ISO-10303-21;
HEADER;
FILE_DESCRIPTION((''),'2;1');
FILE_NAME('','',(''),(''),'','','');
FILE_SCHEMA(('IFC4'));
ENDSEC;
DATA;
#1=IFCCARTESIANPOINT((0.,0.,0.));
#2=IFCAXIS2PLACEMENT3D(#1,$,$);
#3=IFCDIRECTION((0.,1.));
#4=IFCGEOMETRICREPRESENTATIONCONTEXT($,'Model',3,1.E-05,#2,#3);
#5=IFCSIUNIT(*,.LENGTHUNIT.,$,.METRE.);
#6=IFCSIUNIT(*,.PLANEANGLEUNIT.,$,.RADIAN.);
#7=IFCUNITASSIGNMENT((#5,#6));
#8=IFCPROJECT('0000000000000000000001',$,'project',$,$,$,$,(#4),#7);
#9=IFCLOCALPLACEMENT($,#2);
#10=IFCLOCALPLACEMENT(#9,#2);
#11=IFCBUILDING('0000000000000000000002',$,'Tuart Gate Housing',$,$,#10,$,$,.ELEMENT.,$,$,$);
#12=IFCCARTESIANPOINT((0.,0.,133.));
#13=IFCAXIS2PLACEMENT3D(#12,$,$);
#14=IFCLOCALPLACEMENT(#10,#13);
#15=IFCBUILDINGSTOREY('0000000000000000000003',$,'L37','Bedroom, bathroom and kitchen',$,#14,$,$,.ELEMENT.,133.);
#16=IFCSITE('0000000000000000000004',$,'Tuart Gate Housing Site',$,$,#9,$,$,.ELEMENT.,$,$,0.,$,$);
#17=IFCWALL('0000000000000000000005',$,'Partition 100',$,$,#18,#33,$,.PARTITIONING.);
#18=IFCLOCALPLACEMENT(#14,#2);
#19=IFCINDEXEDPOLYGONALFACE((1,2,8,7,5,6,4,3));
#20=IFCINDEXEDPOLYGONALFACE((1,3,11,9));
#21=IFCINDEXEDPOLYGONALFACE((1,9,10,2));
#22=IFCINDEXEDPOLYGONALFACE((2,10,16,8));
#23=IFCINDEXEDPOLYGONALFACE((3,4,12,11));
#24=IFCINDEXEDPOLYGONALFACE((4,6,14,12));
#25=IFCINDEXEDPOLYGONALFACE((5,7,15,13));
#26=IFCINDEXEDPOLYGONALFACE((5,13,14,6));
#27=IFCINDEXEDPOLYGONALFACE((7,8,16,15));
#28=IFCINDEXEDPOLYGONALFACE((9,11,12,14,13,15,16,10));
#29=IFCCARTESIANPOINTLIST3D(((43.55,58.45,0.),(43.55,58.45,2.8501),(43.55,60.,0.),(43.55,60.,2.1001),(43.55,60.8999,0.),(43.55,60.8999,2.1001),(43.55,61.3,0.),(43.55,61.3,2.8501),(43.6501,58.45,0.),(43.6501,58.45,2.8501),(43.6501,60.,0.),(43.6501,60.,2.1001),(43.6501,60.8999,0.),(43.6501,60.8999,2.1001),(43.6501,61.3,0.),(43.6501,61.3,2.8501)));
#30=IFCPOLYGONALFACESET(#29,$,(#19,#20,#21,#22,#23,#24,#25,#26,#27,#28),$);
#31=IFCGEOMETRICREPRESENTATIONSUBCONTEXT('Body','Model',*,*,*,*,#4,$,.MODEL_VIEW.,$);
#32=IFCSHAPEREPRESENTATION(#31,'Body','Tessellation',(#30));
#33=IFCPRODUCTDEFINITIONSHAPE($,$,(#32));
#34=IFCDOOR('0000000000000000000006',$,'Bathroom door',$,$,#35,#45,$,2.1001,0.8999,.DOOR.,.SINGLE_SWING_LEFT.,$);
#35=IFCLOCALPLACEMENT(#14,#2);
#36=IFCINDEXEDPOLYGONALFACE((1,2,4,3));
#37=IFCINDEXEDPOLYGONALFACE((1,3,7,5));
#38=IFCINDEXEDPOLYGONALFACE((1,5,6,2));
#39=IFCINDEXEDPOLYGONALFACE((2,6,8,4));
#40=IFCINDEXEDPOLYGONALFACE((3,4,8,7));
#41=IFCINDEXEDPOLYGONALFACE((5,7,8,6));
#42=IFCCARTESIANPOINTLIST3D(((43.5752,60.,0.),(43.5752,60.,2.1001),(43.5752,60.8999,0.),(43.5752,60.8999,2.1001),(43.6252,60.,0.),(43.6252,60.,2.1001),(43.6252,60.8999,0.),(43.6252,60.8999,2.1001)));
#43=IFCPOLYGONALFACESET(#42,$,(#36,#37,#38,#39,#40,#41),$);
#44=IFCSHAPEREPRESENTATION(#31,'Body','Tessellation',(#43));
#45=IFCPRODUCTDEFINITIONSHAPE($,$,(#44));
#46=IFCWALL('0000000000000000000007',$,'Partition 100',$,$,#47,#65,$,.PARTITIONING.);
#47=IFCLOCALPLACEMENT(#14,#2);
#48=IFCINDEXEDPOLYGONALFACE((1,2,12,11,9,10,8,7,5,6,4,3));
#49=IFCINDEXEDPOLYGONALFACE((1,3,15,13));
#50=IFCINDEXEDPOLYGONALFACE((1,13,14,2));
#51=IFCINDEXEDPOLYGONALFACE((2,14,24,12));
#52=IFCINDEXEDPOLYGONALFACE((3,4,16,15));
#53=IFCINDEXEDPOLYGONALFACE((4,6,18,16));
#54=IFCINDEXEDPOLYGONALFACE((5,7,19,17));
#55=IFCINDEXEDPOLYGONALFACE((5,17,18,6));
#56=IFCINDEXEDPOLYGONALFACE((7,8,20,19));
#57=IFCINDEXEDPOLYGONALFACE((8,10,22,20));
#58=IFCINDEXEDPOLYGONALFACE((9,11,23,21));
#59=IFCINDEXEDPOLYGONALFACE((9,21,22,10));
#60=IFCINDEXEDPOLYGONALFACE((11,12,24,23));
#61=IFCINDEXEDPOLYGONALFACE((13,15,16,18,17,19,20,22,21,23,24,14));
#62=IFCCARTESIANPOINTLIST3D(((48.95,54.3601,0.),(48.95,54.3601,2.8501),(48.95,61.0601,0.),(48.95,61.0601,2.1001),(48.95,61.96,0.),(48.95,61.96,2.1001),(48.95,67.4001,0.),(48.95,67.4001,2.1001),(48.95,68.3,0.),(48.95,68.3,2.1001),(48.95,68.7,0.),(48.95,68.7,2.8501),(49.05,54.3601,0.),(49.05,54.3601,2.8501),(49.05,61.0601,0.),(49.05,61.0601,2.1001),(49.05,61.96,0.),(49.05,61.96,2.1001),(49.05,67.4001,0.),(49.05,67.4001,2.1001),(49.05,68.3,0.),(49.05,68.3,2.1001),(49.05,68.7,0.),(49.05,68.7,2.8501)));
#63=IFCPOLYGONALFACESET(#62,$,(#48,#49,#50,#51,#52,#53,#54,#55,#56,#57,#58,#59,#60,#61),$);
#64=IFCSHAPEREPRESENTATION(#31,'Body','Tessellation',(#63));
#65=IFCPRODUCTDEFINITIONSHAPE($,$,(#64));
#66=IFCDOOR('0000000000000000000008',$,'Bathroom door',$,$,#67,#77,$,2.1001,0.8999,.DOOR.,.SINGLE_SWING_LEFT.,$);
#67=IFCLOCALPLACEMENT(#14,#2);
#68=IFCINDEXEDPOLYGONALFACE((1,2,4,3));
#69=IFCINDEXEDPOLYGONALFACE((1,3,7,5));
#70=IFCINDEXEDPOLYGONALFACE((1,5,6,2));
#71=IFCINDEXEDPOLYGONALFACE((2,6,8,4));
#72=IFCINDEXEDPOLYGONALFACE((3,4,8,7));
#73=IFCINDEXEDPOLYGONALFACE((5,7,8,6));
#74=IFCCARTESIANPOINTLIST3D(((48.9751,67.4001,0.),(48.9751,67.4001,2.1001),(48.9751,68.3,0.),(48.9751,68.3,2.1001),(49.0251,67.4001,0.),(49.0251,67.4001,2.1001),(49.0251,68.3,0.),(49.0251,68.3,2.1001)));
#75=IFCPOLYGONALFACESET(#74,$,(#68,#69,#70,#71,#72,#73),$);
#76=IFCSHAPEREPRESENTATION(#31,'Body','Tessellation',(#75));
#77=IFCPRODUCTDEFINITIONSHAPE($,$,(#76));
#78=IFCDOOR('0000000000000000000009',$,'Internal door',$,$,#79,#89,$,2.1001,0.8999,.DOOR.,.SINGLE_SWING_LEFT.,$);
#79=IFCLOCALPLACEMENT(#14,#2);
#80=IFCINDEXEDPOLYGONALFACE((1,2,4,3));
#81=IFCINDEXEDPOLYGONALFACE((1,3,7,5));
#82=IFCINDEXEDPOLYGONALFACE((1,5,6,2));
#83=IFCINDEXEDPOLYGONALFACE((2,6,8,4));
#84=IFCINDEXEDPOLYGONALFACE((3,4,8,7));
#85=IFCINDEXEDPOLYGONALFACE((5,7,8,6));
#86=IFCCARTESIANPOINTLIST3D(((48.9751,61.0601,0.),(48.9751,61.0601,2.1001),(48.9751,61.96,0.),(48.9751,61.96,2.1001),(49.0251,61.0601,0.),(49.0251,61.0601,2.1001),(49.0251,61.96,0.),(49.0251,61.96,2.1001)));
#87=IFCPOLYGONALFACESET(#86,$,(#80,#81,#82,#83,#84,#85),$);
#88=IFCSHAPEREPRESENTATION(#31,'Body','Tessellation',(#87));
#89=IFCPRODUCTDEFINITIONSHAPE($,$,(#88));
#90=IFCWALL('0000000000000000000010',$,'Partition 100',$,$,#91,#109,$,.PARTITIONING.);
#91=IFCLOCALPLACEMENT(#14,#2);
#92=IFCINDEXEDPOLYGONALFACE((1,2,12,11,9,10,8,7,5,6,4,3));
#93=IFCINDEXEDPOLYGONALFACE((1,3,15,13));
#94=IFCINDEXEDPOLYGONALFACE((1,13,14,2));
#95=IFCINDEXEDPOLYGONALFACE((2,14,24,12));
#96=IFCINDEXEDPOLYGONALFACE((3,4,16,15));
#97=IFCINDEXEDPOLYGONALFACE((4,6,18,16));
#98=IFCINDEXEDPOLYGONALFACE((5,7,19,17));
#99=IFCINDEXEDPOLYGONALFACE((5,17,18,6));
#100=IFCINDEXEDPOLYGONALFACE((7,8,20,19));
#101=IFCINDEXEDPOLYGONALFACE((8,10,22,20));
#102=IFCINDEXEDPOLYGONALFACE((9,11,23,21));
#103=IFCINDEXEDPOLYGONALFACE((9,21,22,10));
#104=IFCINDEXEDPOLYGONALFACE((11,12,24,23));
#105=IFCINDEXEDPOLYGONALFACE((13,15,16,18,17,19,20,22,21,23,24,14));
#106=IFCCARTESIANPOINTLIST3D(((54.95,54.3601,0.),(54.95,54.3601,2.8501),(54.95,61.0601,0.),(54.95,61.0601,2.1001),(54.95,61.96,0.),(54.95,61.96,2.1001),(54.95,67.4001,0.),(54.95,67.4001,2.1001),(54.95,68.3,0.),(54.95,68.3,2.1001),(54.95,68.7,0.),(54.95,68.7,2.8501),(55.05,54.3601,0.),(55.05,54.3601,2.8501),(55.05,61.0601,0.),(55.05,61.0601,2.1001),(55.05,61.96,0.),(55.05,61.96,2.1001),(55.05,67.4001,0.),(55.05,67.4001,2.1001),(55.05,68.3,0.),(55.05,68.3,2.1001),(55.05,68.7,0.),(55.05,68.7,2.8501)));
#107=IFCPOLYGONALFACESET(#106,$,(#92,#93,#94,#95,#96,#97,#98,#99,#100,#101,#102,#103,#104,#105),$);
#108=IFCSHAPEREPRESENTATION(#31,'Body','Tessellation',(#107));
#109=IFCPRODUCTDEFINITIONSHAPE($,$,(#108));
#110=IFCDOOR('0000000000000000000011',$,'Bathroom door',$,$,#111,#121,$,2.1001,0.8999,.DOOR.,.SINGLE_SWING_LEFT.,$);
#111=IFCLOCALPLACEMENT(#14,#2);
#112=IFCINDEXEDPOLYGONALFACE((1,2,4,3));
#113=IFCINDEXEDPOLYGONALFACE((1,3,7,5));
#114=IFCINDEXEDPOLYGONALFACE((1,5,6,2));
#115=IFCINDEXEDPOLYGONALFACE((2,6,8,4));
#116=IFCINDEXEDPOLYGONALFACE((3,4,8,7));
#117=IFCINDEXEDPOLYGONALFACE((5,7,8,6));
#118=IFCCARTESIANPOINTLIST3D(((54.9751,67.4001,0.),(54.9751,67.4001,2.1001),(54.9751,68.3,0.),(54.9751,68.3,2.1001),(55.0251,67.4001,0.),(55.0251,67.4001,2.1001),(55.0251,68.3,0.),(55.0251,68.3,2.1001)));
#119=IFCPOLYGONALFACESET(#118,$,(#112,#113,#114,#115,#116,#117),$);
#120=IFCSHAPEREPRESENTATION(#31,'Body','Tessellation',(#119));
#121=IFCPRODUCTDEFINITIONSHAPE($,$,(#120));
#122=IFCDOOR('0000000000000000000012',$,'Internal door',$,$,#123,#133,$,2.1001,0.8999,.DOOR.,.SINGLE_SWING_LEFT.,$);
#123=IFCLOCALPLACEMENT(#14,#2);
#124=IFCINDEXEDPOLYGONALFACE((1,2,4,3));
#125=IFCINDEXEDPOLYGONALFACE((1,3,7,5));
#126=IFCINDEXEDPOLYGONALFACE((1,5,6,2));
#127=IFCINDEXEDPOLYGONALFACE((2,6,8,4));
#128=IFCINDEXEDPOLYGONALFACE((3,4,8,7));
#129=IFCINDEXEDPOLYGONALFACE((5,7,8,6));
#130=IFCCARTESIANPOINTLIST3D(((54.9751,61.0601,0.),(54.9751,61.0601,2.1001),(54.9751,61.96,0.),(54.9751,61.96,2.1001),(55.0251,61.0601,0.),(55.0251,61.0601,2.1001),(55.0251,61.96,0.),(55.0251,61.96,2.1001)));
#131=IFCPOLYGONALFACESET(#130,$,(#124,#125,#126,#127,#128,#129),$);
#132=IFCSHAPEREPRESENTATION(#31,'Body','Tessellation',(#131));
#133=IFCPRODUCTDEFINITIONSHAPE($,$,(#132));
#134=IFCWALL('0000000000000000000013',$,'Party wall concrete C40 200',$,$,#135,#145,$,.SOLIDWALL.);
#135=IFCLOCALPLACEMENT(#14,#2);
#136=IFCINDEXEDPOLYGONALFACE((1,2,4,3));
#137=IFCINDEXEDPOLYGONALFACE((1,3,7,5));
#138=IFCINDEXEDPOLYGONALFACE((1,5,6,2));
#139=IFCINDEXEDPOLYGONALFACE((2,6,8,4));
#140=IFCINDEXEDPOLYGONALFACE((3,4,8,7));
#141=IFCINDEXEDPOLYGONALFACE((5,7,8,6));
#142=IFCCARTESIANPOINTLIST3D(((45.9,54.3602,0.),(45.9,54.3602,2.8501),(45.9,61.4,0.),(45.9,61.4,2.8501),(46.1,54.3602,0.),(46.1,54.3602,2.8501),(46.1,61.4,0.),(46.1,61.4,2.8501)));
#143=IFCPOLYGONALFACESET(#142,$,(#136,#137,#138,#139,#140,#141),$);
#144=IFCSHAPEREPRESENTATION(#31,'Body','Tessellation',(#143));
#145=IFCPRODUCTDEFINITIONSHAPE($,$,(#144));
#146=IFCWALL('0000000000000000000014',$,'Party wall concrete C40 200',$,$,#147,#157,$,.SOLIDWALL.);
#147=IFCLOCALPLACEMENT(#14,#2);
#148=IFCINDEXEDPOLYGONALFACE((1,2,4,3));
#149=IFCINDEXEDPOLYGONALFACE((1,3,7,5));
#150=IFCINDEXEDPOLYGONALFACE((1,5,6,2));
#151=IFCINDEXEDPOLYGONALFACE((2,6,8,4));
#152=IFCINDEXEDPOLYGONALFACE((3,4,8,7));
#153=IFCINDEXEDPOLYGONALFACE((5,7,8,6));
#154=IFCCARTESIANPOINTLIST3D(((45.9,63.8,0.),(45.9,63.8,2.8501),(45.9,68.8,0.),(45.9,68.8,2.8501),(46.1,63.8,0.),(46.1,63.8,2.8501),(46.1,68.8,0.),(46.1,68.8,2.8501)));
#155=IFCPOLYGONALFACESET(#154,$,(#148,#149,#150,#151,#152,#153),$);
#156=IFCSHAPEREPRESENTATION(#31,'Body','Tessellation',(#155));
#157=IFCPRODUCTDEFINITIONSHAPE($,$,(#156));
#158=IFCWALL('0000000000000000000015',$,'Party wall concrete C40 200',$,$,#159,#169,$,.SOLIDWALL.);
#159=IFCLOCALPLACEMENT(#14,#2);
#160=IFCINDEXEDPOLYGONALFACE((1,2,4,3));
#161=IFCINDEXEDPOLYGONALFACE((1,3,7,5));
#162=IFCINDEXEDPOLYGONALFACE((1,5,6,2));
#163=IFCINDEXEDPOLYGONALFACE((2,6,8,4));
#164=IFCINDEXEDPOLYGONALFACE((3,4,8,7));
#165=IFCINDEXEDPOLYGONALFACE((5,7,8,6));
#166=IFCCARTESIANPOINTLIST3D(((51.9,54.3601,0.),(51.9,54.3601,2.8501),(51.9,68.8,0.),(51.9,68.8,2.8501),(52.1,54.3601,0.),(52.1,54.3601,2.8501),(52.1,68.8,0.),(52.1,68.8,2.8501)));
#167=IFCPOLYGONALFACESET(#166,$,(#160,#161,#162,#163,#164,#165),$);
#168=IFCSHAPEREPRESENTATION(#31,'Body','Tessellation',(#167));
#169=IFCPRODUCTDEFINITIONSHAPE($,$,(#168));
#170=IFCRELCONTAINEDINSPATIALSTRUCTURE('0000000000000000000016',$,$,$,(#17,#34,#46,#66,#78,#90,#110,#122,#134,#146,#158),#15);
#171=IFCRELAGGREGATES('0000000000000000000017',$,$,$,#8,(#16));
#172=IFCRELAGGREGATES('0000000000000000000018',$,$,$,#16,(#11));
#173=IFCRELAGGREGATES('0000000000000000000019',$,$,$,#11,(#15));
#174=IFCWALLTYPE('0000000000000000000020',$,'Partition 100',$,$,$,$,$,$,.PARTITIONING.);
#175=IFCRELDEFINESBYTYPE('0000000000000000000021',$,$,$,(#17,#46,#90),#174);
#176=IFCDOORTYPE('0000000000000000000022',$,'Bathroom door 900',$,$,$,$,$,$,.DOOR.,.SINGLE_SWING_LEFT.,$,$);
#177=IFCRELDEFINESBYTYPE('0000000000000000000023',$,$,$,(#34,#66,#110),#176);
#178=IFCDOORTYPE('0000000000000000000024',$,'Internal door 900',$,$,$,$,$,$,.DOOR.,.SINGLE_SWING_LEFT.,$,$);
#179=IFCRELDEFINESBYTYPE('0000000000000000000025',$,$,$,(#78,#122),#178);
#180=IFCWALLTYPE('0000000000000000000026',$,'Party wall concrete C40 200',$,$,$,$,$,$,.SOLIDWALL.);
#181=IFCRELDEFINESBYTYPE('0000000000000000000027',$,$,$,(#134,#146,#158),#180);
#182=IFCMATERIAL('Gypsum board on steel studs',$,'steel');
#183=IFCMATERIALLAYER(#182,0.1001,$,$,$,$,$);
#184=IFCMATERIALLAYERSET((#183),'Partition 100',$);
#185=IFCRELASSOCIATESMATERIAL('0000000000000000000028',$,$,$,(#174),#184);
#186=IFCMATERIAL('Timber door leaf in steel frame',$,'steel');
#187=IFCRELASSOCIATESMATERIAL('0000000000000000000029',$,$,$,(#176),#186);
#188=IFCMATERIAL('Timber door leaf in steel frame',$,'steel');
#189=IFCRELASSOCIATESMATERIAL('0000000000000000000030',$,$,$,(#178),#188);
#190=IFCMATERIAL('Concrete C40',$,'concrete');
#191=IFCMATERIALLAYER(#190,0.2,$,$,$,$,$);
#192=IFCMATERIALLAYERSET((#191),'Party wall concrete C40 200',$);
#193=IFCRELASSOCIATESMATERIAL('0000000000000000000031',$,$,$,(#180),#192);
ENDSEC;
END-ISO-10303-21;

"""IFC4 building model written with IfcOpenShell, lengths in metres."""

from ifc_helpers import new_model, si_unit, direction, frame, frame_2d, origin, place, context, subcontext, project, spatial, rectangle, extrude, material, layer, layer_set, type_object, element, fill, save


model = new_model("IFC4")

# Units and contexts
model_context = context("Model", 3, precision=1e-05, world=origin(), true_north=direction((0.0, 1.0)))
body_context = subcontext(model_context, "Body", "Model", "MODEL_VIEW")
ifc_project = project(units=[si_unit("LENGTHUNIT", "METRE"), si_unit("PLANEANGLEUNIT", "RADIAN")], contexts=[model_context])

# Site, building, storey
site_placement = place(None, origin())
site = spatial("IfcSite", under=ifc_project, at=site_placement, Name="Tuart Gate Housing Site", CompositionType="ELEMENT", RefElevation=0.0)
building_placement = place(site_placement, origin())
building = spatial("IfcBuilding", under=site, at=building_placement, Name="Tuart Gate Housing", CompositionType="ELEMENT")
storey_placement = place(building_placement, frame((0.0, 0.0, 133.0)))
storey = spatial("IfcBuildingStorey", under=building, at=storey_placement, Name="L37", Description="Bedroom, bathroom and kitchen", CompositionType="ELEMENT", Elevation=133.0)

# Shared definitions
ifc_material_1 = material(Name="Gypsum board on steel studs", Category="steel")
ifc_layer_1 = layer(ifc_material_1, 0.1001)
ifc_layer_set_1 = layer_set([ifc_layer_1], Name="Partition 100")
wall_type_1 = type_object("IfcWallType", Name="Partition 100", PredefinedType="PARTITIONING", material=ifc_layer_set_1)

# Wall, opening, door
wall_1_placement = place(storey_placement, frame((43.6001, 58.45, 0.0), z_axis=(0.0, 0.0, 1.0), x_axis=(0.0, 1.0, 0.0)))
wall_1 = element("IfcWall", 1, at=wall_1_placement, inside=storey, type_object=wall_type_1, Name="Partition 100", PredefinedType="PARTITIONING", context=body_context, shape_type="SweptSolid", body=[
    extrude(rectangle(XDim=2.8501, YDim=0.1001, at=frame_2d((1.425, 0.0))), origin(), (0.0, 0.0, 1.0), 2.8501),
])
opening_1_placement = place(wall_1_placement, frame((1.55, 0.0, 0.0)))
opening_1 = element("IfcOpeningElement", 2, at=opening_1_placement, cuts=wall_1, PredefinedType="OPENING", context=body_context, shape_type="SweptSolid", body=[
    extrude(rectangle(XDim=0.8999, YDim=2.1001, at=frame_2d((0.45, 1.05))), frame((0.0, 0.0601, 0.0), z_axis=(0.0, -1.0, 0.0), x_axis=(1.0, 0.0, 0.0)), (0.0, 0.0, 1.0), 0.1201),
])
ifc_material_2 = material(Name="Timber door leaf in steel frame", Category="steel")
door_type_1 = type_object("IfcDoorType", Name="Bathroom door 900", OperationType="SINGLE_SWING_LEFT", PredefinedType="DOOR", material=ifc_material_2)
door_1_placement = place(opening_1_placement, frame((0.8999, 0.0, 0.0), z_axis=(0.0, 0.0, 1.0), x_axis=(-1.0, 0.0, 0.0)))
door_1 = element("IfcDoor", 3, at=door_1_placement, inside=storey, type_object=door_type_1, Name="Bathroom door", OperationType="SINGLE_SWING_LEFT", OverallHeight=2.1001, OverallWidth=0.8999, PredefinedType="DOOR", context=body_context, shape_type="SweptSolid", body=[
    extrude(rectangle(XDim=0.8999, YDim=2.1001, at=frame_2d((0.45, 1.05))), frame((0.0, 0.0251, 0.0), z_axis=(0.0, -1.0, 0.0), x_axis=(1.0, 0.0, 0.0)), (0.0, 0.0, 1.0), 0.05),
])
fill(opening_1, door_1)

# Walls, openings, doors
wall_2_placement = place(storey_placement, frame((49.0, 54.3601, 0.0), z_axis=(0.0, 0.0, 1.0), x_axis=(0.0, 1.0, 0.0)))
wall_2 = element("IfcWall", 4, at=wall_2_placement, inside=storey, type_object=wall_type_1, Name="Partition 100", PredefinedType="PARTITIONING", context=body_context, shape_type="SweptSolid", body=[
    extrude(rectangle(XDim=14.3398, YDim=0.1001, at=frame_2d((7.1699, 0.0))), origin(), (0.0, 0.0, 1.0), 2.8501),
])
opening_2_placement = place(wall_2_placement, frame((6.7, 0.0, 0.0)))
opening_2 = element("IfcOpeningElement", 5, at=opening_2_placement, cuts=wall_2, PredefinedType="OPENING", context=body_context, shape_type="SweptSolid", body=[
    extrude(rectangle(XDim=0.8999, YDim=2.1001, at=frame_2d((0.45, 1.05))), frame((0.0, 0.0601, 0.0), z_axis=(0.0, -1.0, 0.0), x_axis=(1.0, 0.0, 0.0)), (0.0, 0.0, 1.0), 0.1201),
])
opening_3_placement = place(wall_2_placement, frame((13.04, 0.0, 0.0)))
opening_3 = element("IfcOpeningElement", 6, at=opening_3_placement, cuts=wall_2, PredefinedType="OPENING", context=body_context, shape_type="SweptSolid", body=[
    extrude(rectangle(XDim=0.8999, YDim=2.1001, at=frame_2d((0.45, 1.05))), frame((0.0, 0.0601, 0.0), z_axis=(0.0, -1.0, 0.0), x_axis=(1.0, 0.0, 0.0)), (0.0, 0.0, 1.0), 0.1201),
])
door_2_placement = place(opening_3_placement, frame((0.8999, 0.0, 0.0), z_axis=(0.0, 0.0, 1.0), x_axis=(-1.0, 0.0, 0.0)))
door_2 = element("IfcDoor", 7, at=door_2_placement, inside=storey, type_object=door_type_1, Name="Bathroom door", OperationType="SINGLE_SWING_LEFT", OverallHeight=2.1001, OverallWidth=0.8999, PredefinedType="DOOR", context=body_context, shape_type="SweptSolid", body=[
    extrude(rectangle(XDim=0.8999, YDim=2.1001, at=frame_2d((0.45, 1.05))), frame((0.0, 0.0251, 0.0), z_axis=(0.0, -1.0, 0.0), x_axis=(1.0, 0.0, 0.0)), (0.0, 0.0, 1.0), 0.05),
])
fill(opening_3, door_2)
ifc_material_3 = material(Name="Timber door leaf in steel frame", Category="steel")
door_type_2 = type_object("IfcDoorType", Name="Internal door 900", OperationType="SINGLE_SWING_LEFT", PredefinedType="DOOR", material=ifc_material_3)
door_3_placement = place(opening_2_placement, frame((0.8999, 0.0, 0.0), z_axis=(0.0, 0.0, 1.0), x_axis=(-1.0, 0.0, 0.0)))
door_3 = element("IfcDoor", 8, at=door_3_placement, inside=storey, type_object=door_type_2, Name="Internal door", OperationType="SINGLE_SWING_LEFT", OverallHeight=2.1001, OverallWidth=0.8999, PredefinedType="DOOR", context=body_context, shape_type="SweptSolid", body=[
    extrude(rectangle(XDim=0.8999, YDim=2.1001, at=frame_2d((0.45, 1.05))), frame((0.0, 0.0251, 0.0), z_axis=(0.0, -1.0, 0.0), x_axis=(1.0, 0.0, 0.0)), (0.0, 0.0, 1.0), 0.05),
])
fill(opening_2, door_3)
wall_3_placement = place(storey_placement, frame((55.0, 54.3601, 0.0), z_axis=(0.0, 0.0, 1.0), x_axis=(0.0, 1.0, 0.0)))
wall_3 = element("IfcWall", 9, at=wall_3_placement, inside=storey, type_object=wall_type_1, Name="Partition 100", PredefinedType="PARTITIONING", context=body_context, shape_type="SweptSolid", body=[
    extrude(rectangle(XDim=14.3398, YDim=0.1001, at=frame_2d((7.1699, 0.0))), origin(), (0.0, 0.0, 1.0), 2.8501),
])
opening_4_placement = place(wall_3_placement, frame((6.7, 0.0, 0.0)))
opening_4 = element("IfcOpeningElement", 10, at=opening_4_placement, cuts=wall_3, PredefinedType="OPENING", context=body_context, shape_type="SweptSolid", body=[
    extrude(rectangle(XDim=0.8999, YDim=2.1001, at=frame_2d((0.45, 1.05))), frame((0.0, 0.0601, 0.0), z_axis=(0.0, -1.0, 0.0), x_axis=(1.0, 0.0, 0.0)), (0.0, 0.0, 1.0), 0.1201),
])
opening_5_placement = place(wall_3_placement, frame((13.04, 0.0, 0.0)))
opening_5 = element("IfcOpeningElement", 11, at=opening_5_placement, cuts=wall_3, PredefinedType="OPENING", context=body_context, shape_type="SweptSolid", body=[
    extrude(rectangle(XDim=0.8999, YDim=2.1001, at=frame_2d((0.45, 1.05))), frame((0.0, 0.0601, 0.0), z_axis=(0.0, -1.0, 0.0), x_axis=(1.0, 0.0, 0.0)), (0.0, 0.0, 1.0), 0.1201),
])
door_4_placement = place(opening_5_placement, frame((0.8999, 0.0, 0.0), z_axis=(0.0, 0.0, 1.0), x_axis=(-1.0, 0.0, 0.0)))
door_4 = element("IfcDoor", 12, at=door_4_placement, inside=storey, type_object=door_type_1, Name="Bathroom door", OperationType="SINGLE_SWING_LEFT", OverallHeight=2.1001, OverallWidth=0.8999, PredefinedType="DOOR", context=body_context, shape_type="SweptSolid", body=[
    extrude(rectangle(XDim=0.8999, YDim=2.1001, at=frame_2d((0.45, 1.05))), frame((0.0, 0.0251, 0.0), z_axis=(0.0, -1.0, 0.0), x_axis=(1.0, 0.0, 0.0)), (0.0, 0.0, 1.0), 0.05),
])
fill(opening_5, door_4)
door_5_placement = place(opening_4_placement, frame((0.8999, 0.0, 0.0), z_axis=(0.0, 0.0, 1.0), x_axis=(-1.0, 0.0, 0.0)))
door_5 = element("IfcDoor", 13, at=door_5_placement, inside=storey, type_object=door_type_2, Name="Internal door", OperationType="SINGLE_SWING_LEFT", OverallHeight=2.1001, OverallWidth=0.8999, PredefinedType="DOOR", context=body_context, shape_type="SweptSolid", body=[
    extrude(rectangle(XDim=0.8999, YDim=2.1001, at=frame_2d((0.45, 1.05))), frame((0.0, 0.0251, 0.0), z_axis=(0.0, -1.0, 0.0), x_axis=(1.0, 0.0, 0.0)), (0.0, 0.0, 1.0), 0.05),
])
fill(opening_4, door_5)

# Walls
ifc_material_4 = material(Name="Concrete C40", Category="concrete")
ifc_layer_2 = layer(ifc_material_4, 0.2)
ifc_layer_set_2 = layer_set([ifc_layer_2], Name="Party wall concrete C40 200")
wall_type_2 = type_object("IfcWallType", Name="Party wall concrete C40 200", PredefinedType="SOLIDWALL", material=ifc_layer_set_2)
wall_4_placement = place(storey_placement, frame((46.0, 54.3601, 0.0), z_axis=(0.0, 0.0, 1.0), x_axis=(0.0, 1.0, 0.0)))
element("IfcWall", 14, at=wall_4_placement, inside=storey, type_object=wall_type_2, Name="Party wall concrete C40 200", PredefinedType="SOLIDWALL", context=body_context, shape_type="SweptSolid", body=[
    extrude(rectangle(XDim=7.0398, YDim=0.2, at=frame_2d((3.52, 0.0))), origin(), (0.0, 0.0, 1.0), 2.8501),
])
wall_5_placement = place(storey_placement, frame((46.0, 63.8, 0.0), z_axis=(0.0, 0.0, 1.0), x_axis=(0.0, 1.0, 0.0)))
element("IfcWall", 15, at=wall_5_placement, inside=storey, type_object=wall_type_2, Name="Party wall concrete C40 200", PredefinedType="SOLIDWALL", context=body_context, shape_type="SweptSolid", body=[
    extrude(rectangle(XDim=5.0, YDim=0.2, at=frame_2d((2.5, 0.0))), origin(), (0.0, 0.0, 1.0), 2.8501),
])
wall_6_placement = place(storey_placement, frame((52.0, 54.3601, 0.0), z_axis=(0.0, 0.0, 1.0), x_axis=(0.0, 1.0, 0.0)))
element("IfcWall", 16, at=wall_6_placement, inside=storey, type_object=wall_type_2, Name="Party wall concrete C40 200", PredefinedType="SOLIDWALL", context=body_context, shape_type="SweptSolid", body=[
    extrude(rectangle(XDim=14.4399, YDim=0.2, at=frame_2d((7.22, 0.0))), origin(), (0.0, 0.0, 1.0), 2.8501),
])

save(model, "model.ifc")
